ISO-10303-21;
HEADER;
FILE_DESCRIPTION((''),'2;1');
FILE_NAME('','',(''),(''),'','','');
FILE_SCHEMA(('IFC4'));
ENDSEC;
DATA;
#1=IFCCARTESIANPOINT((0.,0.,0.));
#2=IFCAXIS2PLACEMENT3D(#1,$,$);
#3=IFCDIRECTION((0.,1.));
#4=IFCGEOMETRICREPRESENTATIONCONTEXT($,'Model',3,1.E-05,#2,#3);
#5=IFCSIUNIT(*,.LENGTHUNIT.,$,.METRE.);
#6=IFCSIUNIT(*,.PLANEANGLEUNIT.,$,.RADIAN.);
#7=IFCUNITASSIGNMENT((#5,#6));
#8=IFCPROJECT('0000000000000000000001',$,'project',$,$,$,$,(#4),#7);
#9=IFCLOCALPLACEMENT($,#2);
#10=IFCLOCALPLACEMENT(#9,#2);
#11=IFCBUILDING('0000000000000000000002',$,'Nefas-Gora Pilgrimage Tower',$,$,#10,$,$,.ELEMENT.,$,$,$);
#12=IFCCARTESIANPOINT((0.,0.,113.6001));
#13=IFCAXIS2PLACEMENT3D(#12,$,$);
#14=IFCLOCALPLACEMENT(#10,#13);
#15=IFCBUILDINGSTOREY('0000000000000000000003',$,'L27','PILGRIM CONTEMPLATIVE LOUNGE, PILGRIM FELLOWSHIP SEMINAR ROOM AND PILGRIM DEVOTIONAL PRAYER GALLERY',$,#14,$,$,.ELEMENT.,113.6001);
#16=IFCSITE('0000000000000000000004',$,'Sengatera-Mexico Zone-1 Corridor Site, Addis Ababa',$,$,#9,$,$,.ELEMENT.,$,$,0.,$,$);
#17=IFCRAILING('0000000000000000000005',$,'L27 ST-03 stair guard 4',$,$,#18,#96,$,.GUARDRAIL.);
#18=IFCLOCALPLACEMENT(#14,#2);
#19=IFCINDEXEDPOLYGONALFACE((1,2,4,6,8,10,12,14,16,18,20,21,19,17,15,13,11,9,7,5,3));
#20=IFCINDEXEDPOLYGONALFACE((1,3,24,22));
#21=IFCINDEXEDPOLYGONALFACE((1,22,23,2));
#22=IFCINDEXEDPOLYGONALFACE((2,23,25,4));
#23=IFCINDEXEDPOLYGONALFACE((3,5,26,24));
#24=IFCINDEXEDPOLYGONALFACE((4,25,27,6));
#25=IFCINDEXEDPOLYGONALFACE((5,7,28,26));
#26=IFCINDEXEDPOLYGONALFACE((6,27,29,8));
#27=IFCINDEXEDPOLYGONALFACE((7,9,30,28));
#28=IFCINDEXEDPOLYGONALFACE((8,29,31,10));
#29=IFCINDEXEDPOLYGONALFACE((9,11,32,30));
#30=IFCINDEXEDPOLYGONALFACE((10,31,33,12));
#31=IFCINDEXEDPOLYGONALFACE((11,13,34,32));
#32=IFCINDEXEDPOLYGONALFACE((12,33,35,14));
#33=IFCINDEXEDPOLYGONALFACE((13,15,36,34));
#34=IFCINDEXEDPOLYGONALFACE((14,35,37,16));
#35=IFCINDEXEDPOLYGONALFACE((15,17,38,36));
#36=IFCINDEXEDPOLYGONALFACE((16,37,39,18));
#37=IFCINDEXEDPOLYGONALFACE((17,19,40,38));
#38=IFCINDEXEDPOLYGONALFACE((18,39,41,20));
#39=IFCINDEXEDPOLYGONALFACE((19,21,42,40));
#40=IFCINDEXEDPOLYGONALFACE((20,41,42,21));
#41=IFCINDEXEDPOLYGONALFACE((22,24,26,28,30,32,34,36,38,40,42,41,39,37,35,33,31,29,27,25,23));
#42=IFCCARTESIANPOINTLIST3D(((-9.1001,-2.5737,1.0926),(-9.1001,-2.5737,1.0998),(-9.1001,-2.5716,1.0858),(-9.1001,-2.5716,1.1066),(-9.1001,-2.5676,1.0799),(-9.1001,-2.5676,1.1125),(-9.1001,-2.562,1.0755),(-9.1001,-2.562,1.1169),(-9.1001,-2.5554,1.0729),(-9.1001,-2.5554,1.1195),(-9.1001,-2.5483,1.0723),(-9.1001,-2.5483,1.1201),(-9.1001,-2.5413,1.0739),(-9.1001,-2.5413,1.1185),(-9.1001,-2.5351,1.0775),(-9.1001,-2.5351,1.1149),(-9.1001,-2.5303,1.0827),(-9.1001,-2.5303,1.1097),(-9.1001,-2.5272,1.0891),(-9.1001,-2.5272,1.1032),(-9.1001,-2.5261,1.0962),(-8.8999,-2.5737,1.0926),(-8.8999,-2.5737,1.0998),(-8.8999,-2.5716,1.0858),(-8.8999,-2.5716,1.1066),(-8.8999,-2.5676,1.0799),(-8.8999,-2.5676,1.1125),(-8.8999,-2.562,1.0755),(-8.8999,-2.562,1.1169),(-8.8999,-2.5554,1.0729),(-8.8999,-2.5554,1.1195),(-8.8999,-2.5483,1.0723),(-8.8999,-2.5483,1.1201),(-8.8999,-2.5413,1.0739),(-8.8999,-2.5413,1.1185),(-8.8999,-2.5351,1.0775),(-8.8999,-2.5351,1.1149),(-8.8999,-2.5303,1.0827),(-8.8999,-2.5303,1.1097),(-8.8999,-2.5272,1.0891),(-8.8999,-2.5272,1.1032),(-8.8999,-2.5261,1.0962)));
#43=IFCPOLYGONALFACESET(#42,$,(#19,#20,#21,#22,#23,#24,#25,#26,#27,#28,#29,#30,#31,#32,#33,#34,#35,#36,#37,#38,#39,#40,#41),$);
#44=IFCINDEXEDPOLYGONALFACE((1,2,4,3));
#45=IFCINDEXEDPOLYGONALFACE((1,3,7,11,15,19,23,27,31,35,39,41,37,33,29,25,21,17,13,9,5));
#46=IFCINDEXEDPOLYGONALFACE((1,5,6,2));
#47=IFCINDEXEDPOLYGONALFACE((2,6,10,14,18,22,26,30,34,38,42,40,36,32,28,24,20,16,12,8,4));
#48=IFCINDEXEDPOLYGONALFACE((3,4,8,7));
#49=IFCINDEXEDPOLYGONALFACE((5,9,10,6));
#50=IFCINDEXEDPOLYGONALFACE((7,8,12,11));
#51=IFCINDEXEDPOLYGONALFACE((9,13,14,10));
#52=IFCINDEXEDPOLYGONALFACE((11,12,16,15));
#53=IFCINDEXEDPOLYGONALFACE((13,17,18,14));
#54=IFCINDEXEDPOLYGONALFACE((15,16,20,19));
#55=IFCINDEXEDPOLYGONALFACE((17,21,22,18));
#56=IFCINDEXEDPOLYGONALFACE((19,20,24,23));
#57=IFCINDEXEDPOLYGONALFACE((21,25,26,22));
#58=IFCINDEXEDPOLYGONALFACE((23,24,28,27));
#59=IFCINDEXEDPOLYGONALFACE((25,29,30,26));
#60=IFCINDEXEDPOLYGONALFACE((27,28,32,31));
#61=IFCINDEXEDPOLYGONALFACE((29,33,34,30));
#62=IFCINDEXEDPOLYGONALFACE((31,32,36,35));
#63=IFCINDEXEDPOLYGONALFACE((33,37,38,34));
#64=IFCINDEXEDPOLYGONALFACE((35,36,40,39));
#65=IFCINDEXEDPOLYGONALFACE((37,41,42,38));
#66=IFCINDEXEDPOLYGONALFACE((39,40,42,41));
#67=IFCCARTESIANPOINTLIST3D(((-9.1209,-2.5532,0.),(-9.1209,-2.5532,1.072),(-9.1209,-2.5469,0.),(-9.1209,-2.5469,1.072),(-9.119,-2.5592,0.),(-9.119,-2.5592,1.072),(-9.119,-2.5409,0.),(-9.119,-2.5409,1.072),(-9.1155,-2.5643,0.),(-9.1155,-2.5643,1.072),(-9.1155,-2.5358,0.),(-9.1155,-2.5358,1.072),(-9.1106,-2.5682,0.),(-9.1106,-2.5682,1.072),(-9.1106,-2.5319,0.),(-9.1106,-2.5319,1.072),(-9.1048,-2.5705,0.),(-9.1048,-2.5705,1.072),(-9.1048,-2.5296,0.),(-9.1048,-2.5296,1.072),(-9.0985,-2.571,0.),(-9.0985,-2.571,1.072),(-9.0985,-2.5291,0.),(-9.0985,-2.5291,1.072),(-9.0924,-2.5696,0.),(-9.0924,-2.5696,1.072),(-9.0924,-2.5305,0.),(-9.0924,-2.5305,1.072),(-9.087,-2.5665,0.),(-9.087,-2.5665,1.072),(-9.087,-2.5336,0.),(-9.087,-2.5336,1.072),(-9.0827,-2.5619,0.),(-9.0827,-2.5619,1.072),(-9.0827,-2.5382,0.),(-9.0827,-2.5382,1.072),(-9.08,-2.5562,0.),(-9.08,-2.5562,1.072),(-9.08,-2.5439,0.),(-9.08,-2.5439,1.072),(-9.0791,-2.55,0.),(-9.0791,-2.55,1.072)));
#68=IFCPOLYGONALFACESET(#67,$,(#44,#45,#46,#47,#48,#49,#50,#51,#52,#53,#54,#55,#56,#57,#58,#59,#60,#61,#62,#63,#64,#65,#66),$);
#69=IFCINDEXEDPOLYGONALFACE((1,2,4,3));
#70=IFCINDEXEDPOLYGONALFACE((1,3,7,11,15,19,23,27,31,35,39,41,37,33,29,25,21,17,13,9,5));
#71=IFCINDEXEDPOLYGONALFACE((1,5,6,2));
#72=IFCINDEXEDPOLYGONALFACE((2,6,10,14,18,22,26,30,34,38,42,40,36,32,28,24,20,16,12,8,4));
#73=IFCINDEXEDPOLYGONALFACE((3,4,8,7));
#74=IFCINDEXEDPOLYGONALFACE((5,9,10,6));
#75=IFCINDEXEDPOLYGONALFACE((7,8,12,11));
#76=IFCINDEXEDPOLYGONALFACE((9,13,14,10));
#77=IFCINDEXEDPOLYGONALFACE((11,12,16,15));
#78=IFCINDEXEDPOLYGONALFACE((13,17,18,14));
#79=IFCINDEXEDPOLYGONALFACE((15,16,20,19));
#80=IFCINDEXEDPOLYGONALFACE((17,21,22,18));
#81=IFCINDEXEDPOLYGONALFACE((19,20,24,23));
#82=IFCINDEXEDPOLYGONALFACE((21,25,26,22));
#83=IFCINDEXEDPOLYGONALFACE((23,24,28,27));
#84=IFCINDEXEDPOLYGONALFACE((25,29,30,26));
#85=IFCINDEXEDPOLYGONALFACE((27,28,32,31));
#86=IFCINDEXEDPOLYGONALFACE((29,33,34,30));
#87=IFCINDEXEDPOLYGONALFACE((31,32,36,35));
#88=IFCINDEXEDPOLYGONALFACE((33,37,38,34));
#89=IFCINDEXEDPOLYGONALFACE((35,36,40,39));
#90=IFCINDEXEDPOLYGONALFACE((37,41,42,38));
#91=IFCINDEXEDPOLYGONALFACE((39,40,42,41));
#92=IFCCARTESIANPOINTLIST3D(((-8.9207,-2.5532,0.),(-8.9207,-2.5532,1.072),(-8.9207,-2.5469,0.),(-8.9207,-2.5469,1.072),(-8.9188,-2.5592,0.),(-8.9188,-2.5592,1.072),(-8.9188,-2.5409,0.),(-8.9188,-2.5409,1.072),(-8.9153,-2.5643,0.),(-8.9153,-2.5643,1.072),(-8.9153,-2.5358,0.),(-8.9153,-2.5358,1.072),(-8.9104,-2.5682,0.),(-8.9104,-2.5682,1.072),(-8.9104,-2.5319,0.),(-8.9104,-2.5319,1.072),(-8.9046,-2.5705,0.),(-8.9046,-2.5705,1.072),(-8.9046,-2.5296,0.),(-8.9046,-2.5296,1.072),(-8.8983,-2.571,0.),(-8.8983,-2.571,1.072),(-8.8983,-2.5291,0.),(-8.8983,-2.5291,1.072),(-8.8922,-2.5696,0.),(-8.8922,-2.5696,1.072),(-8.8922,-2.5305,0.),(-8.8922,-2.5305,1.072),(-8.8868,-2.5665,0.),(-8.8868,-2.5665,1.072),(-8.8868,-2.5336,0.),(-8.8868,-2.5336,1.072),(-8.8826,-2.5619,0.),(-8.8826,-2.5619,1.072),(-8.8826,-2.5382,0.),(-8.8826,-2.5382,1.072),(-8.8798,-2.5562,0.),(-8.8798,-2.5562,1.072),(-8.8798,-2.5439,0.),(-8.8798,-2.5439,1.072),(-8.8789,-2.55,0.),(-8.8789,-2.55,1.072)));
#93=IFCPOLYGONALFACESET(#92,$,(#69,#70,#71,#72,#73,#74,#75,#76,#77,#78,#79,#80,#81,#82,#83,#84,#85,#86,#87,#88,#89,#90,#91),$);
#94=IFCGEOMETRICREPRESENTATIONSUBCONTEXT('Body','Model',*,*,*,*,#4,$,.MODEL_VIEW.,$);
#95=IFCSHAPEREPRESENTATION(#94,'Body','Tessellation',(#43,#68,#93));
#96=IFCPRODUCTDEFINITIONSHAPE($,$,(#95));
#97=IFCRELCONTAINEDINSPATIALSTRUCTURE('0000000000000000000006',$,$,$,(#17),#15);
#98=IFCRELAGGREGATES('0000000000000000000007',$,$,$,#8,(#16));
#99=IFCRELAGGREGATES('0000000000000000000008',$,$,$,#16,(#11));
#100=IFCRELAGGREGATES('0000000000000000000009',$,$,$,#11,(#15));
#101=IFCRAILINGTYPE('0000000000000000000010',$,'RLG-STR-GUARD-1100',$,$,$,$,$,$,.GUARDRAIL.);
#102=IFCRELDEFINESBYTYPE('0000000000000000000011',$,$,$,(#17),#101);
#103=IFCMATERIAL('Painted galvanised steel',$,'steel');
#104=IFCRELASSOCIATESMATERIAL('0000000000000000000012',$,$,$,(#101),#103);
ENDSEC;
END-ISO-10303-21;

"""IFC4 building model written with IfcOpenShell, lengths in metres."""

from ifc_helpers import new_model, si_unit, direction, frame, origin, origin_2d, place, context, subcontext, project, spatial, circle, extrude, material, type_object, element, save


model = new_model("IFC4")

# Units and contexts
model_context = context("Model", 3, precision=1e-05, world=origin(), true_north=direction((0.0, 1.0)))
body_context = subcontext(model_context, "Body", "Model", "MODEL_VIEW")
ifc_project = project(units=[si_unit("LENGTHUNIT", "METRE"), si_unit("PLANEANGLEUNIT", "RADIAN")], contexts=[model_context])

# Site, building, storey
site_placement = place(None, origin())
site = spatial("IfcSite", under=ifc_project, at=site_placement, Name="Sengatera-Mexico Zone-1 Corridor Site, Addis Ababa", CompositionType="ELEMENT", RefElevation=0.0)
building_placement = place(site_placement, origin())
building = spatial("IfcBuilding", under=site, at=building_placement, Name="Nefas-Gora Pilgrimage Tower", CompositionType="ELEMENT")
storey_placement = place(building_placement, frame((0.0, 0.0, 113.6001)))
storey = spatial("IfcBuildingStorey", under=building, at=storey_placement, Name="L27", Description="PILGRIM CONTEMPLATIVE LOUNGE, PILGRIM FELLOWSHIP SEMINAR ROOM AND PILGRIM DEVOTIONAL PRAYER GALLERY", CompositionType="ELEMENT", Elevation=113.6001)

# Railing
ifc_material_1 = material(Name="Painted galvanised steel", Category="steel")
railing_type_1 = type_object("IfcRailingType", Name="RLG-STR-GUARD-1100", PredefinedType="GUARDRAIL", material=ifc_material_1)
railing_1_placement = place(storey_placement, frame((-9.1001, -2.55, 0.0)))
element("IfcRailing", 1, at=railing_1_placement, inside=storey, type_object=railing_type_1, Name="L27 ST-03 stair guard 4", PredefinedType="GUARDRAIL", context=body_context, shape_type="SweptSolid", body=[
    extrude(circle(Radius=0.0239, at=origin_2d()), frame((0.0, 0.0, 1.0962), z_axis=(1.0, 0.0, 0.0), x_axis=(0.0, 1.0, 0.0)), (0.0, 0.0, 1.0), 0.2002),
    extrude(circle(Radius=0.021, at=origin_2d()), origin(), (0.0, 0.0, 1.0), 1.072),
    extrude(circle(Radius=0.021, at=origin_2d()), frame((0.2002, 0.0, 0.0)), (0.0, 0.0, 1.0), 1.072),
])

save(model, "model.ifc")
